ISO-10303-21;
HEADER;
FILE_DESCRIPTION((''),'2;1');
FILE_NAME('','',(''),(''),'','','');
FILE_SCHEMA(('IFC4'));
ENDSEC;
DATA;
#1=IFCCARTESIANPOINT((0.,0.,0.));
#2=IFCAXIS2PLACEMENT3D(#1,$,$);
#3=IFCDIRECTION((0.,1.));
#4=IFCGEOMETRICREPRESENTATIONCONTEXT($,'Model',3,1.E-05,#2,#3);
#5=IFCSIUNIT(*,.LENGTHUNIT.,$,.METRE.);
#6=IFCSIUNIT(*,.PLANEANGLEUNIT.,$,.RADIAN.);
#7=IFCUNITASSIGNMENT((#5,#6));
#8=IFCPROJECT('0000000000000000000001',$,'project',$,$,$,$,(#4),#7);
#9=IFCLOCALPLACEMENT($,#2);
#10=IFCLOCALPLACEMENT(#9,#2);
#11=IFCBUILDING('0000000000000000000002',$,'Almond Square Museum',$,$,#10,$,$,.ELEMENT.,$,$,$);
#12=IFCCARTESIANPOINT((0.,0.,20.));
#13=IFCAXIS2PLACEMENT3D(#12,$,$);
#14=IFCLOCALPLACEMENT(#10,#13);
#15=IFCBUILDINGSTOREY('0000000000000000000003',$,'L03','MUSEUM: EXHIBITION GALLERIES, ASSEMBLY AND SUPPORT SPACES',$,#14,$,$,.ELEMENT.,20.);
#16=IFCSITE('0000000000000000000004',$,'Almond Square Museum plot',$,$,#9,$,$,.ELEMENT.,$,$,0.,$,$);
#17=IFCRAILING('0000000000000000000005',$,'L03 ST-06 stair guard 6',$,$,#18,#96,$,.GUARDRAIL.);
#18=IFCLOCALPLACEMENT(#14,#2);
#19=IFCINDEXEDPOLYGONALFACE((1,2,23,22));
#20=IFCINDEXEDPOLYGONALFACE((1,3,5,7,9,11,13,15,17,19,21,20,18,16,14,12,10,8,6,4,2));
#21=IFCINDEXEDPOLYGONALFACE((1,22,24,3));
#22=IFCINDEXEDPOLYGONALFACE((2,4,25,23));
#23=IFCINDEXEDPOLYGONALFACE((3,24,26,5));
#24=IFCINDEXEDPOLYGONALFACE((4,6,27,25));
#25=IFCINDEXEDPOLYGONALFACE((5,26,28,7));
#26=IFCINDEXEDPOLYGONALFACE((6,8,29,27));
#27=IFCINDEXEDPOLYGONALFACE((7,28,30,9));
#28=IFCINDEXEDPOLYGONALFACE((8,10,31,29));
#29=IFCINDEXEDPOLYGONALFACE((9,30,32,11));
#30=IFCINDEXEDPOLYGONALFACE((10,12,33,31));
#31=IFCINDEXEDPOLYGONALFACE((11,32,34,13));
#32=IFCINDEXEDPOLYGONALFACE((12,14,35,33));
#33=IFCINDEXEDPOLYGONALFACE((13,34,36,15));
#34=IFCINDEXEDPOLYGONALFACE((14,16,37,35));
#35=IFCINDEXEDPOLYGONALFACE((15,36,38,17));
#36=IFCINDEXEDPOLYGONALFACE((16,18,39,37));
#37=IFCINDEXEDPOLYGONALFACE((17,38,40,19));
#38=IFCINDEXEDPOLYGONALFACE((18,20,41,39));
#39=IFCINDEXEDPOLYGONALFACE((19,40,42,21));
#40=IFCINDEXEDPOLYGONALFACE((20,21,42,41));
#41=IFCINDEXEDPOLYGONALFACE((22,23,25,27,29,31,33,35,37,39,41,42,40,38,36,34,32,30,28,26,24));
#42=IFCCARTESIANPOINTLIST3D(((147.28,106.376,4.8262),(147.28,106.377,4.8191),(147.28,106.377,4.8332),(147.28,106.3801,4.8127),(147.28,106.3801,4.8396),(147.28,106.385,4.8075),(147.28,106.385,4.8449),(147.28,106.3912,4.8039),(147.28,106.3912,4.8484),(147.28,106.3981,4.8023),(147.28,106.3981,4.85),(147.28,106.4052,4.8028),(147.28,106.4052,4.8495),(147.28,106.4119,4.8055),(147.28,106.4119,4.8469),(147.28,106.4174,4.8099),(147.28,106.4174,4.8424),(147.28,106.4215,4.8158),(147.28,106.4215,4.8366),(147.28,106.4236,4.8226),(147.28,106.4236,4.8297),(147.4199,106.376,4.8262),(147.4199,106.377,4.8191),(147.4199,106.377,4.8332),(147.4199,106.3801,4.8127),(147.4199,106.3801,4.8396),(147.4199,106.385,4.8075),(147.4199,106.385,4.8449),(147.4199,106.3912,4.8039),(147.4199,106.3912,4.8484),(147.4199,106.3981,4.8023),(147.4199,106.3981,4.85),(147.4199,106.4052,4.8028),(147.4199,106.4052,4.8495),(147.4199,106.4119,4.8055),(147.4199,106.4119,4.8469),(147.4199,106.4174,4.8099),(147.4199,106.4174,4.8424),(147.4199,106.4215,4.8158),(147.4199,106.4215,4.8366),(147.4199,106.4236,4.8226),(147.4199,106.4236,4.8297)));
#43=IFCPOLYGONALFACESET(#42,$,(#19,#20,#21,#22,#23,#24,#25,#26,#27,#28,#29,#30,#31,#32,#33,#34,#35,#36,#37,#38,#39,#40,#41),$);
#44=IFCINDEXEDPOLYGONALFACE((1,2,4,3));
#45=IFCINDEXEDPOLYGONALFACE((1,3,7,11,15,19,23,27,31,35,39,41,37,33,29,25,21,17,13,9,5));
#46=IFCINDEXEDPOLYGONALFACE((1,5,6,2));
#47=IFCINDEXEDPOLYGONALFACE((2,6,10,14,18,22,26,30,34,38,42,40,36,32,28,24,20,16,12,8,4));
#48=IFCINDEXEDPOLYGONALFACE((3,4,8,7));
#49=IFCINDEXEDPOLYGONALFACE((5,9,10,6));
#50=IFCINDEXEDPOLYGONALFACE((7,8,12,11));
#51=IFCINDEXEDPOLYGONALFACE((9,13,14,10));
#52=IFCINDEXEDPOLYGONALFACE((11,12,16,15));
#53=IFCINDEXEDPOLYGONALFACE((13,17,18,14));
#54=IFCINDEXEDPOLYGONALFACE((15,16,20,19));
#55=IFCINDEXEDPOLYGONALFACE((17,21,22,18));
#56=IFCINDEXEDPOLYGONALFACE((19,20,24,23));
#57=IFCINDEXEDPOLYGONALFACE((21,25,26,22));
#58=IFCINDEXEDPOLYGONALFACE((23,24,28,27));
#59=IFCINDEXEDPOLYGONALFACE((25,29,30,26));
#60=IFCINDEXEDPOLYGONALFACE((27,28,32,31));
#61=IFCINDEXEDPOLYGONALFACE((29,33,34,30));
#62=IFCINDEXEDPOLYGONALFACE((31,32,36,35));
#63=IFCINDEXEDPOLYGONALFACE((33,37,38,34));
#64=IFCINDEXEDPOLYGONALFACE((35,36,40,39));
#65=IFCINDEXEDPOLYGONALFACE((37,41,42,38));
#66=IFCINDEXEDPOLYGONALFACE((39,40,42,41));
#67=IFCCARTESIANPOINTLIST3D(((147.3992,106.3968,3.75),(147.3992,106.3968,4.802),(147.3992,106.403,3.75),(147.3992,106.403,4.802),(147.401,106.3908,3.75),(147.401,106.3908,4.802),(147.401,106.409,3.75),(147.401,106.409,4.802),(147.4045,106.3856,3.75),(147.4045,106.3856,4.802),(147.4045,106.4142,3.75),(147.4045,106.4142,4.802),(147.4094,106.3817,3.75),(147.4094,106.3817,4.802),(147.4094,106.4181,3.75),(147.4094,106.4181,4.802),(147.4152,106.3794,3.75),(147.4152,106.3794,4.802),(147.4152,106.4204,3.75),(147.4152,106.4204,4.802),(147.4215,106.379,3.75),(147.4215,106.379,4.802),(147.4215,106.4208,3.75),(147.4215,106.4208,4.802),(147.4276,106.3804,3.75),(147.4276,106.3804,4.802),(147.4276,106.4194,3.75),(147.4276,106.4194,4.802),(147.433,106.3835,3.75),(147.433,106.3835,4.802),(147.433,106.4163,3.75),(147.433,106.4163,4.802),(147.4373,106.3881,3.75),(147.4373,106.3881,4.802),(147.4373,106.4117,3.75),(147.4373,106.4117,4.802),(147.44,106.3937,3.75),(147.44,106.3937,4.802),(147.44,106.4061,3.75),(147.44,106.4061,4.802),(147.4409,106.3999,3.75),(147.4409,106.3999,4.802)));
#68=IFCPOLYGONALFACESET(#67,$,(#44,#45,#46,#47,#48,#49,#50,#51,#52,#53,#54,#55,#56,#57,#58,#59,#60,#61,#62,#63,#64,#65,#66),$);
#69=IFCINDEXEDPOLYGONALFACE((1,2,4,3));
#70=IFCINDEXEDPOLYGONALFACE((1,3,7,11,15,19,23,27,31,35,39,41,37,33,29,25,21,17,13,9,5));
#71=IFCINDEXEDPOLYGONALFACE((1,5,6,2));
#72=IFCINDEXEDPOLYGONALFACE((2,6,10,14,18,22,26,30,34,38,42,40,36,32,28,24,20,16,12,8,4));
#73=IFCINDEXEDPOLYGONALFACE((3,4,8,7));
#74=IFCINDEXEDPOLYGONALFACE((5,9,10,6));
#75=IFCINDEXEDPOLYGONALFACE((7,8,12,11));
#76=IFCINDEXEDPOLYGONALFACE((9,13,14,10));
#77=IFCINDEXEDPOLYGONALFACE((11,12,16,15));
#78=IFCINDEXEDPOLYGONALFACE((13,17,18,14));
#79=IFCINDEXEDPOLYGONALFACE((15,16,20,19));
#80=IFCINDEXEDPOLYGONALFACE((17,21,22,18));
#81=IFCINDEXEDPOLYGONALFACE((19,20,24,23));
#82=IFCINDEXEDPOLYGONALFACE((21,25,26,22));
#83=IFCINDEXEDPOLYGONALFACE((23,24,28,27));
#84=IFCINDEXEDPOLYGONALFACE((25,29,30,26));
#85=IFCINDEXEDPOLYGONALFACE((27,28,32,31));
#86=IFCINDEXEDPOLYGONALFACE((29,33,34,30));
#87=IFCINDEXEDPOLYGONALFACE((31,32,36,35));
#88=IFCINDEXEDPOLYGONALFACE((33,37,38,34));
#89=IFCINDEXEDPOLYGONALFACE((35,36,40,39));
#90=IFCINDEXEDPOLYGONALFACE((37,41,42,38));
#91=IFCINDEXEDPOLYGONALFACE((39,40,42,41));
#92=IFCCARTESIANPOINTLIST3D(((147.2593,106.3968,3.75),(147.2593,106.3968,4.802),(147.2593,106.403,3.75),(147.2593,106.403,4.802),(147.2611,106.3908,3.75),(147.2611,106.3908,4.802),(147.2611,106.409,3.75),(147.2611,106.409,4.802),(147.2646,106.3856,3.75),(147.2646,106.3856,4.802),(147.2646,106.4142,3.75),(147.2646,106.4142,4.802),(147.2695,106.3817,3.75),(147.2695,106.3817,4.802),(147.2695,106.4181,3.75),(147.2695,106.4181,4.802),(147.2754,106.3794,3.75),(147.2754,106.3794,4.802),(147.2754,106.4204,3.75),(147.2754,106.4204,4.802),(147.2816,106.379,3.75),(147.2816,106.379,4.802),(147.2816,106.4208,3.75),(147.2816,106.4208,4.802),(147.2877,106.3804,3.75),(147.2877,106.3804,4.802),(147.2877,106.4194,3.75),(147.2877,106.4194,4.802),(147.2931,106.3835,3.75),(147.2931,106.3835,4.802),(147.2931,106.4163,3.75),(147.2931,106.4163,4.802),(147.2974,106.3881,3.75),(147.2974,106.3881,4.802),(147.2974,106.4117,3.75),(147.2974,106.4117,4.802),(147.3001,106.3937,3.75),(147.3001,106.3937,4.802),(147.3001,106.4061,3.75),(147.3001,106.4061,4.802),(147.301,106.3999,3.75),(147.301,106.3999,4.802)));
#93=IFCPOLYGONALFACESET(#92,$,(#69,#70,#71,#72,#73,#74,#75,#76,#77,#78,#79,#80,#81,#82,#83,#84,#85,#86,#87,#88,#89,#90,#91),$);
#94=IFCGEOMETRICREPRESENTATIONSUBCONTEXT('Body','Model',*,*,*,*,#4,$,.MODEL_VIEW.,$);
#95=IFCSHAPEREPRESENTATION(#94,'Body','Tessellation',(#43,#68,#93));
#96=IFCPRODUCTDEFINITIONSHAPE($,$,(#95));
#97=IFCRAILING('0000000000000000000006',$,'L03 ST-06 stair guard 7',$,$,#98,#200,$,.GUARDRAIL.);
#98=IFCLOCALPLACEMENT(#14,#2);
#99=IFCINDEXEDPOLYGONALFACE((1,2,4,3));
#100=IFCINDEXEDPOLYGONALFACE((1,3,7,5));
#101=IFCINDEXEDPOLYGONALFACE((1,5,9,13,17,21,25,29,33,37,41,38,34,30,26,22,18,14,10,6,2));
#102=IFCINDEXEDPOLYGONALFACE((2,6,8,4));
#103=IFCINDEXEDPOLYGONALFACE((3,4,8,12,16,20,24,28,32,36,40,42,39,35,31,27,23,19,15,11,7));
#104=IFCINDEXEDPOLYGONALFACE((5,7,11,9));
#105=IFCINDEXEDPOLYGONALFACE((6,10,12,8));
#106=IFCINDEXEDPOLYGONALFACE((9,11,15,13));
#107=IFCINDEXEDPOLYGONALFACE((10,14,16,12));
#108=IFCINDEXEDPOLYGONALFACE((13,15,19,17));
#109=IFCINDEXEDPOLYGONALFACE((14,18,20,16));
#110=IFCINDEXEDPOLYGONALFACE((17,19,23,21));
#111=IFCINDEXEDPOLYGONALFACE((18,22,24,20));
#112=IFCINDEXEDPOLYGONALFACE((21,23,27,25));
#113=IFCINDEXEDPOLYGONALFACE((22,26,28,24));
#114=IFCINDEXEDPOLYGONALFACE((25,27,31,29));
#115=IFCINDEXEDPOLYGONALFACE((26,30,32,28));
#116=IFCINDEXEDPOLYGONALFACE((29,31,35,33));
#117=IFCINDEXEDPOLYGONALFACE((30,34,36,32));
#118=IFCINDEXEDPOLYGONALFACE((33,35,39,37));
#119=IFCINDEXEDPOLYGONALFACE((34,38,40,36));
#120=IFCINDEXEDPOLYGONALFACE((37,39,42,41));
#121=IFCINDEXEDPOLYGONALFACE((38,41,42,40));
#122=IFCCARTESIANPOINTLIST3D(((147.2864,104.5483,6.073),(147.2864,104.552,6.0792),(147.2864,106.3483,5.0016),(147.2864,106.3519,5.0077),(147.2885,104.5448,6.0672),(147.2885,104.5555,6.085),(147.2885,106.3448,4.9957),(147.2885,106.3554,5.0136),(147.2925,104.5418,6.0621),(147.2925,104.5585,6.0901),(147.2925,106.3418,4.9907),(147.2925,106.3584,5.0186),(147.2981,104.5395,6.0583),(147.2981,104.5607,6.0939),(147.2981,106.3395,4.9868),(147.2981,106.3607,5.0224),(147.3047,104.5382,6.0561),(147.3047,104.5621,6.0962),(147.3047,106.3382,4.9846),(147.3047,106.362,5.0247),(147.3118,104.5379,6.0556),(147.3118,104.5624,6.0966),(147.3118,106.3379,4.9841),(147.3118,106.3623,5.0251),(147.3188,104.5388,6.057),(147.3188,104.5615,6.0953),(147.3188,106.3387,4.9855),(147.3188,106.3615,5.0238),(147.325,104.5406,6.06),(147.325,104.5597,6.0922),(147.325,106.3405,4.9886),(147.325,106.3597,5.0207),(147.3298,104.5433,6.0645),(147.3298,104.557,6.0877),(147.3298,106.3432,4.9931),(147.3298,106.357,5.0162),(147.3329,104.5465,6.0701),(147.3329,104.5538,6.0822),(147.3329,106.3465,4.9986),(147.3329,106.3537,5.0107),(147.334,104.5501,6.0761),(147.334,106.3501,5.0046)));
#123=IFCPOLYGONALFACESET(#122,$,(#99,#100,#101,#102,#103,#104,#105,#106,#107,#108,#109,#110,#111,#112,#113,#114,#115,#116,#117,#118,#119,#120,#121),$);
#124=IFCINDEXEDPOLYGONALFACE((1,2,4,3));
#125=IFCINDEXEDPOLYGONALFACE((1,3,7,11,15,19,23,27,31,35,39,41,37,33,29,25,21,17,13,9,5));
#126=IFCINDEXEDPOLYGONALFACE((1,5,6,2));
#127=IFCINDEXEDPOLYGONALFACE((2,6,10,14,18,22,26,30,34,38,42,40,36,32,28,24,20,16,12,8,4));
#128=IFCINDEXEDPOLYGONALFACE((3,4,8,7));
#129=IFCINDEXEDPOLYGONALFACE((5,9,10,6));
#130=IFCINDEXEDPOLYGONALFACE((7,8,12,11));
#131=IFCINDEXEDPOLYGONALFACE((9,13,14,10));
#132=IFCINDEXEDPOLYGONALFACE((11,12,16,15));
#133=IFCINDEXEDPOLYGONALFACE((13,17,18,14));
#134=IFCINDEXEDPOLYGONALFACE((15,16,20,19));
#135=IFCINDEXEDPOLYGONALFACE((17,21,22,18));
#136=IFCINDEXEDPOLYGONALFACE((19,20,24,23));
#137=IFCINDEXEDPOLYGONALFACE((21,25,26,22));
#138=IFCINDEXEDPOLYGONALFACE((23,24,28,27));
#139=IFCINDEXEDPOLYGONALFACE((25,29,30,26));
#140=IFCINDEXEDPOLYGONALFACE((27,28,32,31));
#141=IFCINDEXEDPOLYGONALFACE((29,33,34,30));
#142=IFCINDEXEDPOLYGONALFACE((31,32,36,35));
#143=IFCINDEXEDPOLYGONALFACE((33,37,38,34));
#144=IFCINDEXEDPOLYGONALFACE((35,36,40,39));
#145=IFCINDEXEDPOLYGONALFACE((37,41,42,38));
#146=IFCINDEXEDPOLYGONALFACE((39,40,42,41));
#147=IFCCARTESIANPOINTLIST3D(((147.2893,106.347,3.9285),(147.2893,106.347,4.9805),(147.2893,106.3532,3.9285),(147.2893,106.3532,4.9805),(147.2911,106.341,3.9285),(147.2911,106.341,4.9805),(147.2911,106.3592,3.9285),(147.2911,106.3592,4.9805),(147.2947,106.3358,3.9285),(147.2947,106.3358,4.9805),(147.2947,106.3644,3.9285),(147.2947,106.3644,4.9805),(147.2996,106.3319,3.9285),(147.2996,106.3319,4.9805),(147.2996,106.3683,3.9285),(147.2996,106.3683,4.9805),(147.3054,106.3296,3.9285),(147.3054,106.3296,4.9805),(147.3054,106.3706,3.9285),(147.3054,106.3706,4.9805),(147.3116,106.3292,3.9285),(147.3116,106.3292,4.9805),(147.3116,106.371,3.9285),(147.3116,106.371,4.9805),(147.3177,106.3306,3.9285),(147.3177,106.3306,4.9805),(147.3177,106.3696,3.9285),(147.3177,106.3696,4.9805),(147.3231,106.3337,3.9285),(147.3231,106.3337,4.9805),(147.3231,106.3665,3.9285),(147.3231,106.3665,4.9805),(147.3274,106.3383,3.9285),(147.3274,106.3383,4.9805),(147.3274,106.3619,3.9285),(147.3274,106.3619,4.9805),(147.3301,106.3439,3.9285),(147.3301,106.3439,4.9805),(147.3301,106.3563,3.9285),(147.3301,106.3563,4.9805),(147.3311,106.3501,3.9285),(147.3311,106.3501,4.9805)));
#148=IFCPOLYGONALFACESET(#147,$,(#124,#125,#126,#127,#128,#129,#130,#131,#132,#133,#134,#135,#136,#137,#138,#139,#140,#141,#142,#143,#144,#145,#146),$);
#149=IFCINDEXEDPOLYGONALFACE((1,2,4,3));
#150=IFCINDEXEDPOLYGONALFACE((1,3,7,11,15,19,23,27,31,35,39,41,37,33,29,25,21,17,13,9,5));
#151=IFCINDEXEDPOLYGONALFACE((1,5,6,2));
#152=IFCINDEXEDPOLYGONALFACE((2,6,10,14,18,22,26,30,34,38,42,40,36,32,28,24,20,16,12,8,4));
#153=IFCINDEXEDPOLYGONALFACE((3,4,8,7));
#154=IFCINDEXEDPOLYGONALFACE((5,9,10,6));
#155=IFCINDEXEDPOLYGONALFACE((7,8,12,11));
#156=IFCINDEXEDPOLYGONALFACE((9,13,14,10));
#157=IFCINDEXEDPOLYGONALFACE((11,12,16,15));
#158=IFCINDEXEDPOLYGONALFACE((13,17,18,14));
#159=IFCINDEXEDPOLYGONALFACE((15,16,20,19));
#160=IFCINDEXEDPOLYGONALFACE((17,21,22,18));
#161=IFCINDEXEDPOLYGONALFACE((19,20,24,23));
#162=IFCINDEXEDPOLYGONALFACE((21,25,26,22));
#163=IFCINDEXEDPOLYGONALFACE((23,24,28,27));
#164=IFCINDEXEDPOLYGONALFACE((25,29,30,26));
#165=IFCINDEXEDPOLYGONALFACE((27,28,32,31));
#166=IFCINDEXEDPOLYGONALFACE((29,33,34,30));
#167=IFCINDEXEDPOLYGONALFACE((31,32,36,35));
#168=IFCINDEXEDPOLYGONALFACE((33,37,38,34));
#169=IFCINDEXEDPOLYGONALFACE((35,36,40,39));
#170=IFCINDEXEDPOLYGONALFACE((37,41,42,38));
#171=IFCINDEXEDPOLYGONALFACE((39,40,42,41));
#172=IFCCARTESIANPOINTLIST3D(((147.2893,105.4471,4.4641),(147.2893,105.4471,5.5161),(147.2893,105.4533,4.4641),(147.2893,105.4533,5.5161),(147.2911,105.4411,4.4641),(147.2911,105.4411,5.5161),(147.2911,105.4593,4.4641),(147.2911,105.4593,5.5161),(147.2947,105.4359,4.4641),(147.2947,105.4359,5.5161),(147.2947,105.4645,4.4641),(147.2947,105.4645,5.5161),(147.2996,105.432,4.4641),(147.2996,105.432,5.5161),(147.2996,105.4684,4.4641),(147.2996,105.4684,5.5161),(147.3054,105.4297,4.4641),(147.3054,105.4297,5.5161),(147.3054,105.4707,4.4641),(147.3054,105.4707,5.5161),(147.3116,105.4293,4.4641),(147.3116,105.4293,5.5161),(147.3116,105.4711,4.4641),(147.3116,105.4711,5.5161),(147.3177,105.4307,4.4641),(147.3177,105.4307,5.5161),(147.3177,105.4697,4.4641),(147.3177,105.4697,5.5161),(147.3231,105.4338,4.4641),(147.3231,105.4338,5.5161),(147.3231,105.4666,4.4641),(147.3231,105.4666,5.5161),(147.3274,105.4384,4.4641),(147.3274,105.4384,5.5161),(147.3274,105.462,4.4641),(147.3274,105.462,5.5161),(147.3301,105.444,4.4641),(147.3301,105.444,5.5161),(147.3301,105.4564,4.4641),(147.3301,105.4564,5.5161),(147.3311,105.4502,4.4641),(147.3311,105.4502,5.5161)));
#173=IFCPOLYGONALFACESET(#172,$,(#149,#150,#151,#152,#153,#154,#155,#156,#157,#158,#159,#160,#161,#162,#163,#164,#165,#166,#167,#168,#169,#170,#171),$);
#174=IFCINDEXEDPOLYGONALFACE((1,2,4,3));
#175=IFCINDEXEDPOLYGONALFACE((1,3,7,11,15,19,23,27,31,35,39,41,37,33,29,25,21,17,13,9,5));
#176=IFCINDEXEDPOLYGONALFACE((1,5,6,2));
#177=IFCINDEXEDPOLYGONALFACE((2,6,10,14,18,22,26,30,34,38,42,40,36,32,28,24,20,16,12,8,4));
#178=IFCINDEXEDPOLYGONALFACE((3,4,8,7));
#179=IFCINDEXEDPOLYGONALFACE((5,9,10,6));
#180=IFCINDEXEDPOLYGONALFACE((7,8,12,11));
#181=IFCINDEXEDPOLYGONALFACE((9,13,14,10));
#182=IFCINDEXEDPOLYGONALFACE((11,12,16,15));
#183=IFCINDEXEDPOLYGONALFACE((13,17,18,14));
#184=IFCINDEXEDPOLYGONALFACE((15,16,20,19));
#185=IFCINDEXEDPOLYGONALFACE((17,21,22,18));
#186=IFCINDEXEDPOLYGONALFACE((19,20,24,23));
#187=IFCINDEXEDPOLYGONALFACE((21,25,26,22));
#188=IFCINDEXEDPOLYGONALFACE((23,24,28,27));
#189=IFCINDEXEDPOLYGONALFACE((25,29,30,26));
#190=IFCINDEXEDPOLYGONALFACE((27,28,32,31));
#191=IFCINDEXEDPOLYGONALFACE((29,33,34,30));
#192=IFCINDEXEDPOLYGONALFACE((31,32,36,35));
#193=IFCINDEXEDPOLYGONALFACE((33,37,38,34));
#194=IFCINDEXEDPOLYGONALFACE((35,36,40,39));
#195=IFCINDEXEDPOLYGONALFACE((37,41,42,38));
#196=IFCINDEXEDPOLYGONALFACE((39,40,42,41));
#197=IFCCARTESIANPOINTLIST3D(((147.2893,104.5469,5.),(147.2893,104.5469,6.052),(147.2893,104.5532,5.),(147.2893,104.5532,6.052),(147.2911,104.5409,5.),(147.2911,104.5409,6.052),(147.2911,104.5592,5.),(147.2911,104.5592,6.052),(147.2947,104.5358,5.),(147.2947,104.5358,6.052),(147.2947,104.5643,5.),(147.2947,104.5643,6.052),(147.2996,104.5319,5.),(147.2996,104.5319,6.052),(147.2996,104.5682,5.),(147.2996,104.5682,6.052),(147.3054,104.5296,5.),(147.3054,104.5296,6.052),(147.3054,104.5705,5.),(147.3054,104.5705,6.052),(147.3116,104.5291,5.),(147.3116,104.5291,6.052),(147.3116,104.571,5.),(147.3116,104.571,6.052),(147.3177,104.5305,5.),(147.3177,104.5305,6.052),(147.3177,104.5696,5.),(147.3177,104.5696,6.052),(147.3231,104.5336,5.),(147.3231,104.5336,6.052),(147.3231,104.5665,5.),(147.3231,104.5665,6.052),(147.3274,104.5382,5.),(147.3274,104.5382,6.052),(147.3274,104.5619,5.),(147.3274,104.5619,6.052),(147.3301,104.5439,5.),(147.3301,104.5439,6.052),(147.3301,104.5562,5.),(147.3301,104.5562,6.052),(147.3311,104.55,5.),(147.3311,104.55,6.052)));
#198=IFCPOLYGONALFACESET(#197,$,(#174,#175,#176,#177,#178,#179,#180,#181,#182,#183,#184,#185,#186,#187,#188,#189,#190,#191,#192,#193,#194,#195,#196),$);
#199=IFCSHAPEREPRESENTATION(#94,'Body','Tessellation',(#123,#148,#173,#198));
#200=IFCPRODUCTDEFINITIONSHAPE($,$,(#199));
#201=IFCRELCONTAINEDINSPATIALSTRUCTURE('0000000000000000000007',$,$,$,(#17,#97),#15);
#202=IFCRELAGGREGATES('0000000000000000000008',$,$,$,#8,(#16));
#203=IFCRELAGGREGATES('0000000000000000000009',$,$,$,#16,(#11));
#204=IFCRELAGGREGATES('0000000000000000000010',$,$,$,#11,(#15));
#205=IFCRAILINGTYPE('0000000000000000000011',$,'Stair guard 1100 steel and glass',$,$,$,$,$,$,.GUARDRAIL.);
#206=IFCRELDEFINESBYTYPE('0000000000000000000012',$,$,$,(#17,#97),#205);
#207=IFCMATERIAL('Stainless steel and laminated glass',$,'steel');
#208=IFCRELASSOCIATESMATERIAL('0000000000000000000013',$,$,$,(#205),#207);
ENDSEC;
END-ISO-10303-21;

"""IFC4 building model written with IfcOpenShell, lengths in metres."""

from ifc_helpers import new_model, si_unit, direction, frame, origin, origin_2d, place, context, subcontext, project, spatial, circle, extrude, material, type_object, element, save


model = new_model("IFC4")

# Units and contexts
model_context = context("Model", 3, precision=1e-05, world=origin(), true_north=direction((0.0, 1.0)))
body_context = subcontext(model_context, "Body", "Model", "MODEL_VIEW")
ifc_project = project(units=[si_unit("LENGTHUNIT", "METRE"), si_unit("PLANEANGLEUNIT", "RADIAN")], contexts=[model_context])

# Site, building, storey
site_placement = place(None, origin())
site = spatial("IfcSite", under=ifc_project, at=site_placement, Name="Almond Square Museum plot", CompositionType="ELEMENT", RefElevation=0.0)
building_placement = place(site_placement, origin())
building = spatial("IfcBuilding", under=site, at=building_placement, Name="Almond Square Museum", CompositionType="ELEMENT")
storey_placement = place(building_placement, frame((0.0, 0.0, 20.0)))
storey = spatial("IfcBuildingStorey", under=building, at=storey_placement, Name="L03", Description="MUSEUM: EXHIBITION GALLERIES, ASSEMBLY AND SUPPORT SPACES", CompositionType="ELEMENT", Elevation=20.0)

# Railings
ifc_material_1 = material(Name="Stainless steel and laminated glass", Category="steel")
railing_type_1 = type_object("IfcRailingType", Name="Stair guard 1100 steel and glass", PredefinedType="GUARDRAIL", material=ifc_material_1)
railing_1_placement = place(storey_placement, frame((147.4199, 106.3999, 3.75)))
element("IfcRailing", 1, at=railing_1_placement, inside=storey, type_object=railing_type_1, Name="L03 ST-06 stair guard 6", PredefinedType="GUARDRAIL", context=body_context, shape_type="SweptSolid", body=[
    extrude(circle(Radius=0.0239, at=origin_2d()), frame((0.0, 0.0, 1.0762), z_axis=(-1.0, 0.0, 0.0), x_axis=(0.0, -1.0, 0.0)), (0.0, 0.0, 1.0), 0.1399),
    extrude(circle(Radius=0.021, at=origin_2d()), origin(), (0.0, 0.0, 1.0), 1.052),
    extrude(circle(Radius=0.021, at=origin_2d()), frame((-0.1399, 0.0, 0.0)), (0.0, 0.0, 1.0), 1.052),
])
railing_2_placement = place(storey_placement, frame((147.3101, 106.3501, 3.9285)))
element("IfcRailing", 2, at=railing_2_placement, inside=storey, type_object=railing_type_1, Name="L03 ST-06 stair guard 7", PredefinedType="GUARDRAIL", context=body_context, shape_type="SweptSolid", body=[
    extrude(circle(Radius=0.0239, at=origin_2d()), frame((0.0, 0.0, 1.0762), z_axis=(0.0, -0.859277, 0.51151), x_axis=(1.0, 0.0, 0.0)), (0.0, 0.0, 1.0), 2.0947),
    extrude(circle(Radius=0.021, at=origin_2d()), origin(), (0.0, 0.0, 1.0), 1.052),
    extrude(circle(Radius=0.021, at=origin_2d()), frame((0.0, -0.8999, 0.5356)), (0.0, 0.0, 1.0), 1.052),
    extrude(circle(Radius=0.021, at=origin_2d()), frame((0.0, -1.8, 1.0715)), (0.0, 0.0, 1.0), 1.052),
])

save(model, "model.ifc")
